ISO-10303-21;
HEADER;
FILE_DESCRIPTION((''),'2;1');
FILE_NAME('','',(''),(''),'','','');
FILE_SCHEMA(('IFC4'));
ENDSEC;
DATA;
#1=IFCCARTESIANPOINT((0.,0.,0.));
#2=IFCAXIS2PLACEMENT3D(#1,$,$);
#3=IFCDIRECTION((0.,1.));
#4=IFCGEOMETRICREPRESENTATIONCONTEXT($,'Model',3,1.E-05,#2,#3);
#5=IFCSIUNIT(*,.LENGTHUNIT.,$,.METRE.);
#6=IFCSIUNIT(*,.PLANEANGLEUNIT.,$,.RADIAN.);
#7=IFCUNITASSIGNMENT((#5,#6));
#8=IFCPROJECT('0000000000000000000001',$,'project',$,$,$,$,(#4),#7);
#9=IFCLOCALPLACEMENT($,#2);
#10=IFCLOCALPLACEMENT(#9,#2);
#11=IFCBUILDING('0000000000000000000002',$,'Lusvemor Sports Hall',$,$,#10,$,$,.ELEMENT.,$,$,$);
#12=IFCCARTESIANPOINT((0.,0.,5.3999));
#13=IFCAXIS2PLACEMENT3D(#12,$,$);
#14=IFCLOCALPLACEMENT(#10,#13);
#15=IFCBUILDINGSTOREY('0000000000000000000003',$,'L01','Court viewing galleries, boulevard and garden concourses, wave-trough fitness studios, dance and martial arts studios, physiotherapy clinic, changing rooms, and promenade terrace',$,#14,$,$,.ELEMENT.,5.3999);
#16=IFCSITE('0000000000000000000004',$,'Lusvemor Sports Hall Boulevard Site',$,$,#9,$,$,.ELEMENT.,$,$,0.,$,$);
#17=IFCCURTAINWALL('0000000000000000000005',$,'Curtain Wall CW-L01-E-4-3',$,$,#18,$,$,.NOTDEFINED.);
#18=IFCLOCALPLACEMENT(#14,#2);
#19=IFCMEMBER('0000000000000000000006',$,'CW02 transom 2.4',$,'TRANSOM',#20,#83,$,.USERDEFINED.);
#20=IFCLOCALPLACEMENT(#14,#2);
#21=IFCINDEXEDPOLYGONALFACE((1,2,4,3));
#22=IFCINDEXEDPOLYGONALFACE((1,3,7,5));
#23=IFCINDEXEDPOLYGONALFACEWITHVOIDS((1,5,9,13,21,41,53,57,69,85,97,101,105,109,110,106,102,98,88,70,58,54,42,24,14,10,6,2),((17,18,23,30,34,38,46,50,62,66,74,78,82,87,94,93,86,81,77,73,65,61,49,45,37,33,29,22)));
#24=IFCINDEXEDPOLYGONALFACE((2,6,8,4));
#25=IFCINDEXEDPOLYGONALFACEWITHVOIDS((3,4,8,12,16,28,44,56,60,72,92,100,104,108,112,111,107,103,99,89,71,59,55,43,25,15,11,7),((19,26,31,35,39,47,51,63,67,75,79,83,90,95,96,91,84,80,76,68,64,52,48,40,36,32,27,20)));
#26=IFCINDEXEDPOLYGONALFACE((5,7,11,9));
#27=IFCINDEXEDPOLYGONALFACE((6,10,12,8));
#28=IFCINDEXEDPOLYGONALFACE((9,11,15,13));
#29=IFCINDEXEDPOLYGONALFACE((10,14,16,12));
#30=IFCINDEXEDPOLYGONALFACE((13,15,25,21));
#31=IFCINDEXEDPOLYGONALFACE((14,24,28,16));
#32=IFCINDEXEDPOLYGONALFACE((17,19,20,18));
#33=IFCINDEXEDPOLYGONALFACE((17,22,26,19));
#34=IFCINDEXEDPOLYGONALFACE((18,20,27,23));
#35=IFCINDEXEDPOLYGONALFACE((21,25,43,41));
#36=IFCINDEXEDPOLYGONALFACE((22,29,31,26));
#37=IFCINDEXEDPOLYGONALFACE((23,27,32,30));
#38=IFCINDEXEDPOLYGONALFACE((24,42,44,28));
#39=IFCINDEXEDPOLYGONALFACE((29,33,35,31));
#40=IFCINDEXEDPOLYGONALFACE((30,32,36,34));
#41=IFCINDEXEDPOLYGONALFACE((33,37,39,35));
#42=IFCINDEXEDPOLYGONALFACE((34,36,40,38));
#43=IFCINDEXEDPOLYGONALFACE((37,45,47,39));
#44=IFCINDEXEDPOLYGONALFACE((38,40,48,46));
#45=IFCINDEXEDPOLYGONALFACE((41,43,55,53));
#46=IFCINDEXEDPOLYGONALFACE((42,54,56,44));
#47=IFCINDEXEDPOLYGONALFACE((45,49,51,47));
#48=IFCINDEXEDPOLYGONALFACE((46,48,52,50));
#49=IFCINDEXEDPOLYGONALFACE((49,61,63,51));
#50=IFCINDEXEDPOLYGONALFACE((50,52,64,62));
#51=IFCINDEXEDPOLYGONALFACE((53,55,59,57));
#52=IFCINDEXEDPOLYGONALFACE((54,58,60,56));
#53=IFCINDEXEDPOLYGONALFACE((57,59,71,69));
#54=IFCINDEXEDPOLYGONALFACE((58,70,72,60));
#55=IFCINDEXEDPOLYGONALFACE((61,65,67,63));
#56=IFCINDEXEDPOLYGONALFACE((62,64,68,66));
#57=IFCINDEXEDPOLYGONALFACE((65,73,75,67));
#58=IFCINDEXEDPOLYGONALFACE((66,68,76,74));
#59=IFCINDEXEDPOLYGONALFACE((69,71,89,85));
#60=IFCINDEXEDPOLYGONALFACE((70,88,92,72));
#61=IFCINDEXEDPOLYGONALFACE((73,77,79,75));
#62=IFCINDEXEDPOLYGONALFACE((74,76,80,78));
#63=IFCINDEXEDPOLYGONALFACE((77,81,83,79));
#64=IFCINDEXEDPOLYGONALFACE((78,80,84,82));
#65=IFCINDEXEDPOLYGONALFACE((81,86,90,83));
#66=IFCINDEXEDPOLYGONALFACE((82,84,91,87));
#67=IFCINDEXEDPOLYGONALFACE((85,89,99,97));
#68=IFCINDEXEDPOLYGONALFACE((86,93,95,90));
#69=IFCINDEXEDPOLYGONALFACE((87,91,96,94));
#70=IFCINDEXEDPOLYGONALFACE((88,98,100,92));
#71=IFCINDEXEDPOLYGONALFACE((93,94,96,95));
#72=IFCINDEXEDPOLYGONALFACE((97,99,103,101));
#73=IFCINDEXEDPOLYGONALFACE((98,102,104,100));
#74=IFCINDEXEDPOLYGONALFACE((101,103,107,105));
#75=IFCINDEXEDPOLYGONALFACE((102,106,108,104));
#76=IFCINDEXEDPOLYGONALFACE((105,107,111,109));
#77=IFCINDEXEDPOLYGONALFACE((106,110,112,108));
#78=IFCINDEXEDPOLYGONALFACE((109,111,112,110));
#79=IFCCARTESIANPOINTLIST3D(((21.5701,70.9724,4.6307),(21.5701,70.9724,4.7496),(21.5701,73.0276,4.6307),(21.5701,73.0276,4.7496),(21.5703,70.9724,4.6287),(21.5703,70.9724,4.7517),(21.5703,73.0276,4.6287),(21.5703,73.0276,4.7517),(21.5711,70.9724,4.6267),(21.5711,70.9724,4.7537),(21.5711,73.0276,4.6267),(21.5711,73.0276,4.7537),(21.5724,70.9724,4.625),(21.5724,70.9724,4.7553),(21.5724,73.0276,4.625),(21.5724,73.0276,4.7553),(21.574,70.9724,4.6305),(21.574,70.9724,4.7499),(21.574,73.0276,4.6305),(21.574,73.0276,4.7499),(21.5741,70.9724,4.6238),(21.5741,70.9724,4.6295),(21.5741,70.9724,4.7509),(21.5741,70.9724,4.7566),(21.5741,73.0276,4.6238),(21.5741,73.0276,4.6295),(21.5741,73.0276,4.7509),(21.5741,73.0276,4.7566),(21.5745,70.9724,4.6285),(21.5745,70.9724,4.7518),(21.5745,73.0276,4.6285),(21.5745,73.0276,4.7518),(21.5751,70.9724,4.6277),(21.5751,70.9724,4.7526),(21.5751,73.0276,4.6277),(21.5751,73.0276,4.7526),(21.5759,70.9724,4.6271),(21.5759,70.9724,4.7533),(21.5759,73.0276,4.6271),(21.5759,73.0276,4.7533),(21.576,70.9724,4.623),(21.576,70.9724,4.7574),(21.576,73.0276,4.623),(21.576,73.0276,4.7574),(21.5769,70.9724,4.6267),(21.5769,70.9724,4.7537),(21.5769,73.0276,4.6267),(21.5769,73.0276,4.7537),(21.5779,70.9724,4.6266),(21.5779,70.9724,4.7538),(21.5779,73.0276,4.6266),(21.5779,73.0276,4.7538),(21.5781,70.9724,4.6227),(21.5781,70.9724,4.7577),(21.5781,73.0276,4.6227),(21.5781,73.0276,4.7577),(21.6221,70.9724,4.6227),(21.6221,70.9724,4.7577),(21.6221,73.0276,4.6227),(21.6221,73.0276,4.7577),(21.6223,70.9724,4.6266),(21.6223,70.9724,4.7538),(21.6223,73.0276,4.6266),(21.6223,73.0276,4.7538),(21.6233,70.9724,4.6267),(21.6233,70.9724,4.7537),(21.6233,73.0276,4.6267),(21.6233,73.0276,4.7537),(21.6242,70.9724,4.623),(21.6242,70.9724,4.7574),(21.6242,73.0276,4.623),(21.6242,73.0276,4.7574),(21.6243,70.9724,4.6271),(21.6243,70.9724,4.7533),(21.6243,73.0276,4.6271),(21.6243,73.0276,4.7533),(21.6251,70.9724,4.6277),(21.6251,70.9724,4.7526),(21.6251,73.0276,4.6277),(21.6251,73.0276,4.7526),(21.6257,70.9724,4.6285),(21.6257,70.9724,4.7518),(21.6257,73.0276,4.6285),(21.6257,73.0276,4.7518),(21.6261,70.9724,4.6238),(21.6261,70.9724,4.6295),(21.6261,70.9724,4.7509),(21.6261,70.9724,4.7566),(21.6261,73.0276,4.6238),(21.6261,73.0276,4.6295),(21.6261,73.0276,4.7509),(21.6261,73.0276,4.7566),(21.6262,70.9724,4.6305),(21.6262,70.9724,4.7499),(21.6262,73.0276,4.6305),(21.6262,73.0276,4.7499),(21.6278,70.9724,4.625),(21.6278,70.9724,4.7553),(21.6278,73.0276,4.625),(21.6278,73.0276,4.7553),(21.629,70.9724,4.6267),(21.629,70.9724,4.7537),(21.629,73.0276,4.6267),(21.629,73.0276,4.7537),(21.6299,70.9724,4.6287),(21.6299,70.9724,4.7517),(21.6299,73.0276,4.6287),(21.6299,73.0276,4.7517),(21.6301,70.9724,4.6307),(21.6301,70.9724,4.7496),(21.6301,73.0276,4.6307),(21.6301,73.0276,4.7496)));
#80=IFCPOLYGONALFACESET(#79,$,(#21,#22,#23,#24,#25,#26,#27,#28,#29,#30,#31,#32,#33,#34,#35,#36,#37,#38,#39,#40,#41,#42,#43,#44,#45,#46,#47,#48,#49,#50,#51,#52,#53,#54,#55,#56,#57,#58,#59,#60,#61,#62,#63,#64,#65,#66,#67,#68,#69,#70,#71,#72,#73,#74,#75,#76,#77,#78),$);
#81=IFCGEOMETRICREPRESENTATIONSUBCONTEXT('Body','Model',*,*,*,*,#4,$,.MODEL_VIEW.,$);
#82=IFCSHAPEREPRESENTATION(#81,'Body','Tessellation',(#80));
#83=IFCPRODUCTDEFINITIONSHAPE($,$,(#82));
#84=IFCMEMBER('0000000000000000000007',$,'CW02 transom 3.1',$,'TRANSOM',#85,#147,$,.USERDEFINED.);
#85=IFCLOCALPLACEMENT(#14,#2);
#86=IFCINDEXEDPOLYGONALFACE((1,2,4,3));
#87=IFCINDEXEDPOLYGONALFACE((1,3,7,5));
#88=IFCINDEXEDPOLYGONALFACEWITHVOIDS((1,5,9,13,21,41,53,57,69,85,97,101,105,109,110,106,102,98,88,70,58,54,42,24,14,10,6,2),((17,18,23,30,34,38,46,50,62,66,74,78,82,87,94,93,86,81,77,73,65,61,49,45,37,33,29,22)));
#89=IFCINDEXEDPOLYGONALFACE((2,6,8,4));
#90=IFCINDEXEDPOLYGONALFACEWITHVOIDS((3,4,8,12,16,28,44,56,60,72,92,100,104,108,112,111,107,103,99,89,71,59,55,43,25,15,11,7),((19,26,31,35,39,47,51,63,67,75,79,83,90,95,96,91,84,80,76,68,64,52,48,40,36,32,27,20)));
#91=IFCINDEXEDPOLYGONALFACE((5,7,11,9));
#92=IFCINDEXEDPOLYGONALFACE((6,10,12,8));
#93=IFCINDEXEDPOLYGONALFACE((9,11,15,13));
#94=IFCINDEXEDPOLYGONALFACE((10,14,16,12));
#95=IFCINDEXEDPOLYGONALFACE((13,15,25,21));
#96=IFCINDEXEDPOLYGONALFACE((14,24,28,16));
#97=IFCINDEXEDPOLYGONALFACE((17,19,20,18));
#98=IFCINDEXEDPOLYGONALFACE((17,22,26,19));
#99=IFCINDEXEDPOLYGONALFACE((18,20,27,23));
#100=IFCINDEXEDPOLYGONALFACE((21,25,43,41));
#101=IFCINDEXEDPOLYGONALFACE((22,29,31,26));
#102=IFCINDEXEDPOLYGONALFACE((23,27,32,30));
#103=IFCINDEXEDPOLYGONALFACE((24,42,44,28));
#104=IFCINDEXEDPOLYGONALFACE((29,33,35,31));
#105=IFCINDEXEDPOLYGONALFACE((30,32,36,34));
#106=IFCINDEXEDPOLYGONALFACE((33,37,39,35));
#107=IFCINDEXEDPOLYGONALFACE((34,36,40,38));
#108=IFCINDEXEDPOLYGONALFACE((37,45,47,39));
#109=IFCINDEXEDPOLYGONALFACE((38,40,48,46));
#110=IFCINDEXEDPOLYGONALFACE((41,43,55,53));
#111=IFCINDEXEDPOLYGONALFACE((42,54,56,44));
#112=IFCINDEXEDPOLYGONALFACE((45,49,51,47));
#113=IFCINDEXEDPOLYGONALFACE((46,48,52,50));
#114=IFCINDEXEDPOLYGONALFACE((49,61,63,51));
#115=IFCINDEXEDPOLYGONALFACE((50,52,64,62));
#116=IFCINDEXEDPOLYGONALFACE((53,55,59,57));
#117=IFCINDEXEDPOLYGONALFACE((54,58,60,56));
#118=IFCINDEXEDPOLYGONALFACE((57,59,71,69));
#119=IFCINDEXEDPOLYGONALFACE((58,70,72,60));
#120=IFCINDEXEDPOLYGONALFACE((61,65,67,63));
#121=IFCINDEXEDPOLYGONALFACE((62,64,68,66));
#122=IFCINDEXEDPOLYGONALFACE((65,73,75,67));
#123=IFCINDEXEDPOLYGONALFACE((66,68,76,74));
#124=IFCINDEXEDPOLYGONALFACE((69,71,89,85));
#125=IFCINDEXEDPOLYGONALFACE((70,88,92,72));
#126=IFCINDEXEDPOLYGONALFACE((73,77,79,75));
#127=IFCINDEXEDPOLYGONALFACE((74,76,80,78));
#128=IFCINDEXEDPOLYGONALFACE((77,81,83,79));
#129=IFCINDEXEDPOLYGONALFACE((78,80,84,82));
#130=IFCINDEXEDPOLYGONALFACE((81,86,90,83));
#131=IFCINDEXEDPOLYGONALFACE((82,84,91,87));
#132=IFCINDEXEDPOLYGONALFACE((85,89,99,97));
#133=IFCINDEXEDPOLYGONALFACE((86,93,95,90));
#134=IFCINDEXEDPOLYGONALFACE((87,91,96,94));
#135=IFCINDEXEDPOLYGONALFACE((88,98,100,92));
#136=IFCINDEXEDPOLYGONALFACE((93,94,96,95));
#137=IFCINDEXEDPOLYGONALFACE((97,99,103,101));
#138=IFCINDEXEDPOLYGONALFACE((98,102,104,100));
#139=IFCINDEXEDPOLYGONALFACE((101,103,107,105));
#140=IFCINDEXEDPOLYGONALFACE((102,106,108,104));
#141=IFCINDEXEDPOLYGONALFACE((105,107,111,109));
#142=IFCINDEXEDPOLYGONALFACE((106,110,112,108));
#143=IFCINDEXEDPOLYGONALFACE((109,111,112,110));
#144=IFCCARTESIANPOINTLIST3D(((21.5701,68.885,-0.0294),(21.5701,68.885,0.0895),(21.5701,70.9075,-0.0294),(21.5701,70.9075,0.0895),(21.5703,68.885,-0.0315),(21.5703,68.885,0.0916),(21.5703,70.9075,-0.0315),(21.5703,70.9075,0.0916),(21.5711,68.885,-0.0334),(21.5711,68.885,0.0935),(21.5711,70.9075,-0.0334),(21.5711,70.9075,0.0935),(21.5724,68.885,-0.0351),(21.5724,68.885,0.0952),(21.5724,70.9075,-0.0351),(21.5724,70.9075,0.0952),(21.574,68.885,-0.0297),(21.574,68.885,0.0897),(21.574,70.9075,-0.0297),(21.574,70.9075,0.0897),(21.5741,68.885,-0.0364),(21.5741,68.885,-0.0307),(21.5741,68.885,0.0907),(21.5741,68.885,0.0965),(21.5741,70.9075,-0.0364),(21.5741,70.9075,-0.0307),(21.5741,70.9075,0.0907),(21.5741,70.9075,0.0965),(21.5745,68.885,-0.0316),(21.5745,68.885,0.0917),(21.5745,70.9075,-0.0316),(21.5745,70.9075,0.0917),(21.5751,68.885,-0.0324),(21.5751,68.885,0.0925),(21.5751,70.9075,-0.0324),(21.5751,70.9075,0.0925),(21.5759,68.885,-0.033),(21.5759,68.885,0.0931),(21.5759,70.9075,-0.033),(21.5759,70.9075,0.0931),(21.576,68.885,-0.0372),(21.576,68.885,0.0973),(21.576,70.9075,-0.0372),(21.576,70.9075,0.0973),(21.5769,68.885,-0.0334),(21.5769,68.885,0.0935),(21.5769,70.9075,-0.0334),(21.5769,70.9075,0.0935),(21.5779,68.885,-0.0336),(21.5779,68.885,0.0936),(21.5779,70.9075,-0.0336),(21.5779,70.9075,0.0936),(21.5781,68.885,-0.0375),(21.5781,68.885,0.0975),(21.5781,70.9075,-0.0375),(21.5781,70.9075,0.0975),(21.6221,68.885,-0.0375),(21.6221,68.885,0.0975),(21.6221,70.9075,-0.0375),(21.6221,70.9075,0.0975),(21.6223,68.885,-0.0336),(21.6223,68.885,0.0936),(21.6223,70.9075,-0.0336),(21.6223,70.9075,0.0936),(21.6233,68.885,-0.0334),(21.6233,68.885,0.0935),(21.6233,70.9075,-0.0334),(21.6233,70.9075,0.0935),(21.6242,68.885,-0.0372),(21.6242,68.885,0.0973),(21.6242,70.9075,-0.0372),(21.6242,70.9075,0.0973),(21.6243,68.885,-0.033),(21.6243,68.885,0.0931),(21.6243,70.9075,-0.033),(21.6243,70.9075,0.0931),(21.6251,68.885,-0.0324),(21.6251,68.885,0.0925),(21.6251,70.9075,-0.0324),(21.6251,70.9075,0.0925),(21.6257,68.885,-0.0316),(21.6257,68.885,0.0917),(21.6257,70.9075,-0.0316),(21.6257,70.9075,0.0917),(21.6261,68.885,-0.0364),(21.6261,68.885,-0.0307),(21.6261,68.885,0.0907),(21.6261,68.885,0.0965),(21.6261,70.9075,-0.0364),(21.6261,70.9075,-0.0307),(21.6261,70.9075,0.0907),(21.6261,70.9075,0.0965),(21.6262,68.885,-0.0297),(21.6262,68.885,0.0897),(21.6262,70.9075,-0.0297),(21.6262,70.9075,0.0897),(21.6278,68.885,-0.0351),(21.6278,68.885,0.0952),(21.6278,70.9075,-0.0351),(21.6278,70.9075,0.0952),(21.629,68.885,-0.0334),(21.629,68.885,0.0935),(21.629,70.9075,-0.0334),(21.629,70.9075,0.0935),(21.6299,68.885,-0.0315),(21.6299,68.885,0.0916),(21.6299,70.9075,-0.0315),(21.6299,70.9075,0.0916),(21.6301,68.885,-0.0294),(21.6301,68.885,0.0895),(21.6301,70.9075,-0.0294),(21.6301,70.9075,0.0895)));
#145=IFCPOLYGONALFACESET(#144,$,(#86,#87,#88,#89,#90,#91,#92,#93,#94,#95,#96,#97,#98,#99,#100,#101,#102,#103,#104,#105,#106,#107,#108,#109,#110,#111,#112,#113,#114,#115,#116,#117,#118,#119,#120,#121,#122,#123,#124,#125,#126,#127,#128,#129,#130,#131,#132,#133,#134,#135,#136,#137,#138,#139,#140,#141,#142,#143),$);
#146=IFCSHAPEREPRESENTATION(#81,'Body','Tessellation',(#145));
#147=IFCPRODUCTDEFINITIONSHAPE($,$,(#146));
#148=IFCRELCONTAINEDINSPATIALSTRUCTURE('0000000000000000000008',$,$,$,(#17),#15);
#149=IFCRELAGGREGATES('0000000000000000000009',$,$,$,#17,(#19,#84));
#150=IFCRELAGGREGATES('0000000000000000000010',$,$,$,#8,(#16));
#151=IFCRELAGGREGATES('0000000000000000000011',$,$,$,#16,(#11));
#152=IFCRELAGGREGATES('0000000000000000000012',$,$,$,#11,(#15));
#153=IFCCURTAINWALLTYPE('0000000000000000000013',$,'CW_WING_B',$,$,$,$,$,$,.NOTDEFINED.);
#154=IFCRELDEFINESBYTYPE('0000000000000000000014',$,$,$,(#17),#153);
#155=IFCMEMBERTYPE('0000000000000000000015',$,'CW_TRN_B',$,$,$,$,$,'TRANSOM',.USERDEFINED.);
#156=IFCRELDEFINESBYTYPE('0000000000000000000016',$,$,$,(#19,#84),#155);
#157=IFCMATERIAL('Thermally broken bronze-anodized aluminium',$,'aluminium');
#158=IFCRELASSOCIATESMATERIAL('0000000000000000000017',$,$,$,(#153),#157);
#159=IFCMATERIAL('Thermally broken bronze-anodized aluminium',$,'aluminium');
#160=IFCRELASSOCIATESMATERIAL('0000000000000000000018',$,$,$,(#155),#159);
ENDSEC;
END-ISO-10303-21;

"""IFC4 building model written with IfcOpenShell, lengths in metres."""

from ifc_helpers import new_model, si_unit, direction, frame, origin, origin_2d, place, context, subcontext, project, spatial, hollow_rectangle, extrude, material, material_profile, profile_set, type_object, element, aggregate, save


model = new_model("IFC4")

# Units and contexts
model_context = context("Model", 3, precision=1e-05, world=origin(), true_north=direction((0.0, 1.0)))
body_context = subcontext(model_context, "Body", "Model", "MODEL_VIEW")
ifc_project = project(units=[si_unit("LENGTHUNIT", "METRE"), si_unit("PLANEANGLEUNIT", "RADIAN")], contexts=[model_context])

# Site, building, storey
site_placement = place(None, origin())
site = spatial("IfcSite", under=ifc_project, at=site_placement, Name="Lusvemor Sports Hall Boulevard Site", CompositionType="ELEMENT", RefElevation=0.0)
building_placement = place(site_placement, origin())
building = spatial("IfcBuilding", under=site, at=building_placement, Name="Lusvemor Sports Hall", CompositionType="ELEMENT")
storey_placement = place(building_placement, frame((0.0, 0.0, 5.3999)))
storey = spatial("IfcBuildingStorey", under=building, at=storey_placement, Name="L01", Description="Court viewing galleries, boulevard and garden concourses, wave-trough fitness studios, dance and martial arts studios, physiotherapy clinic, changing rooms, and promenade terrace", CompositionType="ELEMENT", Elevation=5.3999)

# Shared definitions
ifc_material_1 = material(Name="Thermally broken bronze-anodized aluminium", Category="aluminium")
curtain_wall_type = type_object("IfcCurtainWallType", Name="CW_WING_B", PredefinedType="NOTDEFINED", material=ifc_material_1)

# Curtain wall
curtain_wall_1_placement = place(storey_placement, origin())
curtain_wall_1 = element("IfcCurtainWall", 1, at=curtain_wall_1_placement, inside=storey, type_object=curtain_wall_type, Name="Curtain Wall CW-L01-E-4-3", PredefinedType="NOTDEFINED")

# Members
ifc_material_2 = material(Name="Thermally broken bronze-anodized aluminium", Category="aluminium")
ifc_material_profile_1 = material_profile(ifc_material_2, hollow_rectangle(XDim=0.0601, YDim=0.135, WallThickness=0.0039, InnerFilletRadius=0.0039, OuterFilletRadius=0.0081, at=origin_2d()), Name="CWTRN135x60x4")
ifc_profile_set_1 = profile_set([ifc_material_profile_1], Name="Thermally broken bronze-anodized aluminium")
member_type_1 = type_object("IfcMemberType", Name="CW_TRN_B", ElementType="TRANSOM", PredefinedType="USERDEFINED", material=ifc_profile_set_1)
member_1_placement = place(storey_placement, frame((21.6001, 73.0276, 4.6902), z_axis=(0.0, -1.0, 0.0), x_axis=(1.0, 0.0, 0.0)))
member_1 = element("IfcMember", 2, at=member_1_placement, type_object=member_type_1, Name="CW02 transom 2.4", ObjectType="TRANSOM", PredefinedType="USERDEFINED", context=body_context, shape_type="SweptSolid", body=[
    extrude(hollow_rectangle(XDim=0.0601, YDim=0.135, WallThickness=0.0039, InnerFilletRadius=0.0039, OuterFilletRadius=0.0081, at=origin_2d()), origin(), (0.0, 0.0, 1.0), 2.0552),
])
member_2_placement = place(storey_placement, frame((21.6001, 70.9075, 0.03), z_axis=(0.0, -1.0, 0.0), x_axis=(1.0, 0.0, 0.0)))
member_2 = element("IfcMember", 3, at=member_2_placement, type_object=member_type_1, Name="CW02 transom 3.1", ObjectType="TRANSOM", PredefinedType="USERDEFINED", context=body_context, shape_type="SweptSolid", body=[
    extrude(hollow_rectangle(XDim=0.0601, YDim=0.135, WallThickness=0.0039, InnerFilletRadius=0.0039, OuterFilletRadius=0.0081, at=origin_2d()), origin(), (0.0, 0.0, 1.0), 2.0225),
])

aggregate(curtain_wall_1, [member_1, member_2])

save(model, "model.ifc")
